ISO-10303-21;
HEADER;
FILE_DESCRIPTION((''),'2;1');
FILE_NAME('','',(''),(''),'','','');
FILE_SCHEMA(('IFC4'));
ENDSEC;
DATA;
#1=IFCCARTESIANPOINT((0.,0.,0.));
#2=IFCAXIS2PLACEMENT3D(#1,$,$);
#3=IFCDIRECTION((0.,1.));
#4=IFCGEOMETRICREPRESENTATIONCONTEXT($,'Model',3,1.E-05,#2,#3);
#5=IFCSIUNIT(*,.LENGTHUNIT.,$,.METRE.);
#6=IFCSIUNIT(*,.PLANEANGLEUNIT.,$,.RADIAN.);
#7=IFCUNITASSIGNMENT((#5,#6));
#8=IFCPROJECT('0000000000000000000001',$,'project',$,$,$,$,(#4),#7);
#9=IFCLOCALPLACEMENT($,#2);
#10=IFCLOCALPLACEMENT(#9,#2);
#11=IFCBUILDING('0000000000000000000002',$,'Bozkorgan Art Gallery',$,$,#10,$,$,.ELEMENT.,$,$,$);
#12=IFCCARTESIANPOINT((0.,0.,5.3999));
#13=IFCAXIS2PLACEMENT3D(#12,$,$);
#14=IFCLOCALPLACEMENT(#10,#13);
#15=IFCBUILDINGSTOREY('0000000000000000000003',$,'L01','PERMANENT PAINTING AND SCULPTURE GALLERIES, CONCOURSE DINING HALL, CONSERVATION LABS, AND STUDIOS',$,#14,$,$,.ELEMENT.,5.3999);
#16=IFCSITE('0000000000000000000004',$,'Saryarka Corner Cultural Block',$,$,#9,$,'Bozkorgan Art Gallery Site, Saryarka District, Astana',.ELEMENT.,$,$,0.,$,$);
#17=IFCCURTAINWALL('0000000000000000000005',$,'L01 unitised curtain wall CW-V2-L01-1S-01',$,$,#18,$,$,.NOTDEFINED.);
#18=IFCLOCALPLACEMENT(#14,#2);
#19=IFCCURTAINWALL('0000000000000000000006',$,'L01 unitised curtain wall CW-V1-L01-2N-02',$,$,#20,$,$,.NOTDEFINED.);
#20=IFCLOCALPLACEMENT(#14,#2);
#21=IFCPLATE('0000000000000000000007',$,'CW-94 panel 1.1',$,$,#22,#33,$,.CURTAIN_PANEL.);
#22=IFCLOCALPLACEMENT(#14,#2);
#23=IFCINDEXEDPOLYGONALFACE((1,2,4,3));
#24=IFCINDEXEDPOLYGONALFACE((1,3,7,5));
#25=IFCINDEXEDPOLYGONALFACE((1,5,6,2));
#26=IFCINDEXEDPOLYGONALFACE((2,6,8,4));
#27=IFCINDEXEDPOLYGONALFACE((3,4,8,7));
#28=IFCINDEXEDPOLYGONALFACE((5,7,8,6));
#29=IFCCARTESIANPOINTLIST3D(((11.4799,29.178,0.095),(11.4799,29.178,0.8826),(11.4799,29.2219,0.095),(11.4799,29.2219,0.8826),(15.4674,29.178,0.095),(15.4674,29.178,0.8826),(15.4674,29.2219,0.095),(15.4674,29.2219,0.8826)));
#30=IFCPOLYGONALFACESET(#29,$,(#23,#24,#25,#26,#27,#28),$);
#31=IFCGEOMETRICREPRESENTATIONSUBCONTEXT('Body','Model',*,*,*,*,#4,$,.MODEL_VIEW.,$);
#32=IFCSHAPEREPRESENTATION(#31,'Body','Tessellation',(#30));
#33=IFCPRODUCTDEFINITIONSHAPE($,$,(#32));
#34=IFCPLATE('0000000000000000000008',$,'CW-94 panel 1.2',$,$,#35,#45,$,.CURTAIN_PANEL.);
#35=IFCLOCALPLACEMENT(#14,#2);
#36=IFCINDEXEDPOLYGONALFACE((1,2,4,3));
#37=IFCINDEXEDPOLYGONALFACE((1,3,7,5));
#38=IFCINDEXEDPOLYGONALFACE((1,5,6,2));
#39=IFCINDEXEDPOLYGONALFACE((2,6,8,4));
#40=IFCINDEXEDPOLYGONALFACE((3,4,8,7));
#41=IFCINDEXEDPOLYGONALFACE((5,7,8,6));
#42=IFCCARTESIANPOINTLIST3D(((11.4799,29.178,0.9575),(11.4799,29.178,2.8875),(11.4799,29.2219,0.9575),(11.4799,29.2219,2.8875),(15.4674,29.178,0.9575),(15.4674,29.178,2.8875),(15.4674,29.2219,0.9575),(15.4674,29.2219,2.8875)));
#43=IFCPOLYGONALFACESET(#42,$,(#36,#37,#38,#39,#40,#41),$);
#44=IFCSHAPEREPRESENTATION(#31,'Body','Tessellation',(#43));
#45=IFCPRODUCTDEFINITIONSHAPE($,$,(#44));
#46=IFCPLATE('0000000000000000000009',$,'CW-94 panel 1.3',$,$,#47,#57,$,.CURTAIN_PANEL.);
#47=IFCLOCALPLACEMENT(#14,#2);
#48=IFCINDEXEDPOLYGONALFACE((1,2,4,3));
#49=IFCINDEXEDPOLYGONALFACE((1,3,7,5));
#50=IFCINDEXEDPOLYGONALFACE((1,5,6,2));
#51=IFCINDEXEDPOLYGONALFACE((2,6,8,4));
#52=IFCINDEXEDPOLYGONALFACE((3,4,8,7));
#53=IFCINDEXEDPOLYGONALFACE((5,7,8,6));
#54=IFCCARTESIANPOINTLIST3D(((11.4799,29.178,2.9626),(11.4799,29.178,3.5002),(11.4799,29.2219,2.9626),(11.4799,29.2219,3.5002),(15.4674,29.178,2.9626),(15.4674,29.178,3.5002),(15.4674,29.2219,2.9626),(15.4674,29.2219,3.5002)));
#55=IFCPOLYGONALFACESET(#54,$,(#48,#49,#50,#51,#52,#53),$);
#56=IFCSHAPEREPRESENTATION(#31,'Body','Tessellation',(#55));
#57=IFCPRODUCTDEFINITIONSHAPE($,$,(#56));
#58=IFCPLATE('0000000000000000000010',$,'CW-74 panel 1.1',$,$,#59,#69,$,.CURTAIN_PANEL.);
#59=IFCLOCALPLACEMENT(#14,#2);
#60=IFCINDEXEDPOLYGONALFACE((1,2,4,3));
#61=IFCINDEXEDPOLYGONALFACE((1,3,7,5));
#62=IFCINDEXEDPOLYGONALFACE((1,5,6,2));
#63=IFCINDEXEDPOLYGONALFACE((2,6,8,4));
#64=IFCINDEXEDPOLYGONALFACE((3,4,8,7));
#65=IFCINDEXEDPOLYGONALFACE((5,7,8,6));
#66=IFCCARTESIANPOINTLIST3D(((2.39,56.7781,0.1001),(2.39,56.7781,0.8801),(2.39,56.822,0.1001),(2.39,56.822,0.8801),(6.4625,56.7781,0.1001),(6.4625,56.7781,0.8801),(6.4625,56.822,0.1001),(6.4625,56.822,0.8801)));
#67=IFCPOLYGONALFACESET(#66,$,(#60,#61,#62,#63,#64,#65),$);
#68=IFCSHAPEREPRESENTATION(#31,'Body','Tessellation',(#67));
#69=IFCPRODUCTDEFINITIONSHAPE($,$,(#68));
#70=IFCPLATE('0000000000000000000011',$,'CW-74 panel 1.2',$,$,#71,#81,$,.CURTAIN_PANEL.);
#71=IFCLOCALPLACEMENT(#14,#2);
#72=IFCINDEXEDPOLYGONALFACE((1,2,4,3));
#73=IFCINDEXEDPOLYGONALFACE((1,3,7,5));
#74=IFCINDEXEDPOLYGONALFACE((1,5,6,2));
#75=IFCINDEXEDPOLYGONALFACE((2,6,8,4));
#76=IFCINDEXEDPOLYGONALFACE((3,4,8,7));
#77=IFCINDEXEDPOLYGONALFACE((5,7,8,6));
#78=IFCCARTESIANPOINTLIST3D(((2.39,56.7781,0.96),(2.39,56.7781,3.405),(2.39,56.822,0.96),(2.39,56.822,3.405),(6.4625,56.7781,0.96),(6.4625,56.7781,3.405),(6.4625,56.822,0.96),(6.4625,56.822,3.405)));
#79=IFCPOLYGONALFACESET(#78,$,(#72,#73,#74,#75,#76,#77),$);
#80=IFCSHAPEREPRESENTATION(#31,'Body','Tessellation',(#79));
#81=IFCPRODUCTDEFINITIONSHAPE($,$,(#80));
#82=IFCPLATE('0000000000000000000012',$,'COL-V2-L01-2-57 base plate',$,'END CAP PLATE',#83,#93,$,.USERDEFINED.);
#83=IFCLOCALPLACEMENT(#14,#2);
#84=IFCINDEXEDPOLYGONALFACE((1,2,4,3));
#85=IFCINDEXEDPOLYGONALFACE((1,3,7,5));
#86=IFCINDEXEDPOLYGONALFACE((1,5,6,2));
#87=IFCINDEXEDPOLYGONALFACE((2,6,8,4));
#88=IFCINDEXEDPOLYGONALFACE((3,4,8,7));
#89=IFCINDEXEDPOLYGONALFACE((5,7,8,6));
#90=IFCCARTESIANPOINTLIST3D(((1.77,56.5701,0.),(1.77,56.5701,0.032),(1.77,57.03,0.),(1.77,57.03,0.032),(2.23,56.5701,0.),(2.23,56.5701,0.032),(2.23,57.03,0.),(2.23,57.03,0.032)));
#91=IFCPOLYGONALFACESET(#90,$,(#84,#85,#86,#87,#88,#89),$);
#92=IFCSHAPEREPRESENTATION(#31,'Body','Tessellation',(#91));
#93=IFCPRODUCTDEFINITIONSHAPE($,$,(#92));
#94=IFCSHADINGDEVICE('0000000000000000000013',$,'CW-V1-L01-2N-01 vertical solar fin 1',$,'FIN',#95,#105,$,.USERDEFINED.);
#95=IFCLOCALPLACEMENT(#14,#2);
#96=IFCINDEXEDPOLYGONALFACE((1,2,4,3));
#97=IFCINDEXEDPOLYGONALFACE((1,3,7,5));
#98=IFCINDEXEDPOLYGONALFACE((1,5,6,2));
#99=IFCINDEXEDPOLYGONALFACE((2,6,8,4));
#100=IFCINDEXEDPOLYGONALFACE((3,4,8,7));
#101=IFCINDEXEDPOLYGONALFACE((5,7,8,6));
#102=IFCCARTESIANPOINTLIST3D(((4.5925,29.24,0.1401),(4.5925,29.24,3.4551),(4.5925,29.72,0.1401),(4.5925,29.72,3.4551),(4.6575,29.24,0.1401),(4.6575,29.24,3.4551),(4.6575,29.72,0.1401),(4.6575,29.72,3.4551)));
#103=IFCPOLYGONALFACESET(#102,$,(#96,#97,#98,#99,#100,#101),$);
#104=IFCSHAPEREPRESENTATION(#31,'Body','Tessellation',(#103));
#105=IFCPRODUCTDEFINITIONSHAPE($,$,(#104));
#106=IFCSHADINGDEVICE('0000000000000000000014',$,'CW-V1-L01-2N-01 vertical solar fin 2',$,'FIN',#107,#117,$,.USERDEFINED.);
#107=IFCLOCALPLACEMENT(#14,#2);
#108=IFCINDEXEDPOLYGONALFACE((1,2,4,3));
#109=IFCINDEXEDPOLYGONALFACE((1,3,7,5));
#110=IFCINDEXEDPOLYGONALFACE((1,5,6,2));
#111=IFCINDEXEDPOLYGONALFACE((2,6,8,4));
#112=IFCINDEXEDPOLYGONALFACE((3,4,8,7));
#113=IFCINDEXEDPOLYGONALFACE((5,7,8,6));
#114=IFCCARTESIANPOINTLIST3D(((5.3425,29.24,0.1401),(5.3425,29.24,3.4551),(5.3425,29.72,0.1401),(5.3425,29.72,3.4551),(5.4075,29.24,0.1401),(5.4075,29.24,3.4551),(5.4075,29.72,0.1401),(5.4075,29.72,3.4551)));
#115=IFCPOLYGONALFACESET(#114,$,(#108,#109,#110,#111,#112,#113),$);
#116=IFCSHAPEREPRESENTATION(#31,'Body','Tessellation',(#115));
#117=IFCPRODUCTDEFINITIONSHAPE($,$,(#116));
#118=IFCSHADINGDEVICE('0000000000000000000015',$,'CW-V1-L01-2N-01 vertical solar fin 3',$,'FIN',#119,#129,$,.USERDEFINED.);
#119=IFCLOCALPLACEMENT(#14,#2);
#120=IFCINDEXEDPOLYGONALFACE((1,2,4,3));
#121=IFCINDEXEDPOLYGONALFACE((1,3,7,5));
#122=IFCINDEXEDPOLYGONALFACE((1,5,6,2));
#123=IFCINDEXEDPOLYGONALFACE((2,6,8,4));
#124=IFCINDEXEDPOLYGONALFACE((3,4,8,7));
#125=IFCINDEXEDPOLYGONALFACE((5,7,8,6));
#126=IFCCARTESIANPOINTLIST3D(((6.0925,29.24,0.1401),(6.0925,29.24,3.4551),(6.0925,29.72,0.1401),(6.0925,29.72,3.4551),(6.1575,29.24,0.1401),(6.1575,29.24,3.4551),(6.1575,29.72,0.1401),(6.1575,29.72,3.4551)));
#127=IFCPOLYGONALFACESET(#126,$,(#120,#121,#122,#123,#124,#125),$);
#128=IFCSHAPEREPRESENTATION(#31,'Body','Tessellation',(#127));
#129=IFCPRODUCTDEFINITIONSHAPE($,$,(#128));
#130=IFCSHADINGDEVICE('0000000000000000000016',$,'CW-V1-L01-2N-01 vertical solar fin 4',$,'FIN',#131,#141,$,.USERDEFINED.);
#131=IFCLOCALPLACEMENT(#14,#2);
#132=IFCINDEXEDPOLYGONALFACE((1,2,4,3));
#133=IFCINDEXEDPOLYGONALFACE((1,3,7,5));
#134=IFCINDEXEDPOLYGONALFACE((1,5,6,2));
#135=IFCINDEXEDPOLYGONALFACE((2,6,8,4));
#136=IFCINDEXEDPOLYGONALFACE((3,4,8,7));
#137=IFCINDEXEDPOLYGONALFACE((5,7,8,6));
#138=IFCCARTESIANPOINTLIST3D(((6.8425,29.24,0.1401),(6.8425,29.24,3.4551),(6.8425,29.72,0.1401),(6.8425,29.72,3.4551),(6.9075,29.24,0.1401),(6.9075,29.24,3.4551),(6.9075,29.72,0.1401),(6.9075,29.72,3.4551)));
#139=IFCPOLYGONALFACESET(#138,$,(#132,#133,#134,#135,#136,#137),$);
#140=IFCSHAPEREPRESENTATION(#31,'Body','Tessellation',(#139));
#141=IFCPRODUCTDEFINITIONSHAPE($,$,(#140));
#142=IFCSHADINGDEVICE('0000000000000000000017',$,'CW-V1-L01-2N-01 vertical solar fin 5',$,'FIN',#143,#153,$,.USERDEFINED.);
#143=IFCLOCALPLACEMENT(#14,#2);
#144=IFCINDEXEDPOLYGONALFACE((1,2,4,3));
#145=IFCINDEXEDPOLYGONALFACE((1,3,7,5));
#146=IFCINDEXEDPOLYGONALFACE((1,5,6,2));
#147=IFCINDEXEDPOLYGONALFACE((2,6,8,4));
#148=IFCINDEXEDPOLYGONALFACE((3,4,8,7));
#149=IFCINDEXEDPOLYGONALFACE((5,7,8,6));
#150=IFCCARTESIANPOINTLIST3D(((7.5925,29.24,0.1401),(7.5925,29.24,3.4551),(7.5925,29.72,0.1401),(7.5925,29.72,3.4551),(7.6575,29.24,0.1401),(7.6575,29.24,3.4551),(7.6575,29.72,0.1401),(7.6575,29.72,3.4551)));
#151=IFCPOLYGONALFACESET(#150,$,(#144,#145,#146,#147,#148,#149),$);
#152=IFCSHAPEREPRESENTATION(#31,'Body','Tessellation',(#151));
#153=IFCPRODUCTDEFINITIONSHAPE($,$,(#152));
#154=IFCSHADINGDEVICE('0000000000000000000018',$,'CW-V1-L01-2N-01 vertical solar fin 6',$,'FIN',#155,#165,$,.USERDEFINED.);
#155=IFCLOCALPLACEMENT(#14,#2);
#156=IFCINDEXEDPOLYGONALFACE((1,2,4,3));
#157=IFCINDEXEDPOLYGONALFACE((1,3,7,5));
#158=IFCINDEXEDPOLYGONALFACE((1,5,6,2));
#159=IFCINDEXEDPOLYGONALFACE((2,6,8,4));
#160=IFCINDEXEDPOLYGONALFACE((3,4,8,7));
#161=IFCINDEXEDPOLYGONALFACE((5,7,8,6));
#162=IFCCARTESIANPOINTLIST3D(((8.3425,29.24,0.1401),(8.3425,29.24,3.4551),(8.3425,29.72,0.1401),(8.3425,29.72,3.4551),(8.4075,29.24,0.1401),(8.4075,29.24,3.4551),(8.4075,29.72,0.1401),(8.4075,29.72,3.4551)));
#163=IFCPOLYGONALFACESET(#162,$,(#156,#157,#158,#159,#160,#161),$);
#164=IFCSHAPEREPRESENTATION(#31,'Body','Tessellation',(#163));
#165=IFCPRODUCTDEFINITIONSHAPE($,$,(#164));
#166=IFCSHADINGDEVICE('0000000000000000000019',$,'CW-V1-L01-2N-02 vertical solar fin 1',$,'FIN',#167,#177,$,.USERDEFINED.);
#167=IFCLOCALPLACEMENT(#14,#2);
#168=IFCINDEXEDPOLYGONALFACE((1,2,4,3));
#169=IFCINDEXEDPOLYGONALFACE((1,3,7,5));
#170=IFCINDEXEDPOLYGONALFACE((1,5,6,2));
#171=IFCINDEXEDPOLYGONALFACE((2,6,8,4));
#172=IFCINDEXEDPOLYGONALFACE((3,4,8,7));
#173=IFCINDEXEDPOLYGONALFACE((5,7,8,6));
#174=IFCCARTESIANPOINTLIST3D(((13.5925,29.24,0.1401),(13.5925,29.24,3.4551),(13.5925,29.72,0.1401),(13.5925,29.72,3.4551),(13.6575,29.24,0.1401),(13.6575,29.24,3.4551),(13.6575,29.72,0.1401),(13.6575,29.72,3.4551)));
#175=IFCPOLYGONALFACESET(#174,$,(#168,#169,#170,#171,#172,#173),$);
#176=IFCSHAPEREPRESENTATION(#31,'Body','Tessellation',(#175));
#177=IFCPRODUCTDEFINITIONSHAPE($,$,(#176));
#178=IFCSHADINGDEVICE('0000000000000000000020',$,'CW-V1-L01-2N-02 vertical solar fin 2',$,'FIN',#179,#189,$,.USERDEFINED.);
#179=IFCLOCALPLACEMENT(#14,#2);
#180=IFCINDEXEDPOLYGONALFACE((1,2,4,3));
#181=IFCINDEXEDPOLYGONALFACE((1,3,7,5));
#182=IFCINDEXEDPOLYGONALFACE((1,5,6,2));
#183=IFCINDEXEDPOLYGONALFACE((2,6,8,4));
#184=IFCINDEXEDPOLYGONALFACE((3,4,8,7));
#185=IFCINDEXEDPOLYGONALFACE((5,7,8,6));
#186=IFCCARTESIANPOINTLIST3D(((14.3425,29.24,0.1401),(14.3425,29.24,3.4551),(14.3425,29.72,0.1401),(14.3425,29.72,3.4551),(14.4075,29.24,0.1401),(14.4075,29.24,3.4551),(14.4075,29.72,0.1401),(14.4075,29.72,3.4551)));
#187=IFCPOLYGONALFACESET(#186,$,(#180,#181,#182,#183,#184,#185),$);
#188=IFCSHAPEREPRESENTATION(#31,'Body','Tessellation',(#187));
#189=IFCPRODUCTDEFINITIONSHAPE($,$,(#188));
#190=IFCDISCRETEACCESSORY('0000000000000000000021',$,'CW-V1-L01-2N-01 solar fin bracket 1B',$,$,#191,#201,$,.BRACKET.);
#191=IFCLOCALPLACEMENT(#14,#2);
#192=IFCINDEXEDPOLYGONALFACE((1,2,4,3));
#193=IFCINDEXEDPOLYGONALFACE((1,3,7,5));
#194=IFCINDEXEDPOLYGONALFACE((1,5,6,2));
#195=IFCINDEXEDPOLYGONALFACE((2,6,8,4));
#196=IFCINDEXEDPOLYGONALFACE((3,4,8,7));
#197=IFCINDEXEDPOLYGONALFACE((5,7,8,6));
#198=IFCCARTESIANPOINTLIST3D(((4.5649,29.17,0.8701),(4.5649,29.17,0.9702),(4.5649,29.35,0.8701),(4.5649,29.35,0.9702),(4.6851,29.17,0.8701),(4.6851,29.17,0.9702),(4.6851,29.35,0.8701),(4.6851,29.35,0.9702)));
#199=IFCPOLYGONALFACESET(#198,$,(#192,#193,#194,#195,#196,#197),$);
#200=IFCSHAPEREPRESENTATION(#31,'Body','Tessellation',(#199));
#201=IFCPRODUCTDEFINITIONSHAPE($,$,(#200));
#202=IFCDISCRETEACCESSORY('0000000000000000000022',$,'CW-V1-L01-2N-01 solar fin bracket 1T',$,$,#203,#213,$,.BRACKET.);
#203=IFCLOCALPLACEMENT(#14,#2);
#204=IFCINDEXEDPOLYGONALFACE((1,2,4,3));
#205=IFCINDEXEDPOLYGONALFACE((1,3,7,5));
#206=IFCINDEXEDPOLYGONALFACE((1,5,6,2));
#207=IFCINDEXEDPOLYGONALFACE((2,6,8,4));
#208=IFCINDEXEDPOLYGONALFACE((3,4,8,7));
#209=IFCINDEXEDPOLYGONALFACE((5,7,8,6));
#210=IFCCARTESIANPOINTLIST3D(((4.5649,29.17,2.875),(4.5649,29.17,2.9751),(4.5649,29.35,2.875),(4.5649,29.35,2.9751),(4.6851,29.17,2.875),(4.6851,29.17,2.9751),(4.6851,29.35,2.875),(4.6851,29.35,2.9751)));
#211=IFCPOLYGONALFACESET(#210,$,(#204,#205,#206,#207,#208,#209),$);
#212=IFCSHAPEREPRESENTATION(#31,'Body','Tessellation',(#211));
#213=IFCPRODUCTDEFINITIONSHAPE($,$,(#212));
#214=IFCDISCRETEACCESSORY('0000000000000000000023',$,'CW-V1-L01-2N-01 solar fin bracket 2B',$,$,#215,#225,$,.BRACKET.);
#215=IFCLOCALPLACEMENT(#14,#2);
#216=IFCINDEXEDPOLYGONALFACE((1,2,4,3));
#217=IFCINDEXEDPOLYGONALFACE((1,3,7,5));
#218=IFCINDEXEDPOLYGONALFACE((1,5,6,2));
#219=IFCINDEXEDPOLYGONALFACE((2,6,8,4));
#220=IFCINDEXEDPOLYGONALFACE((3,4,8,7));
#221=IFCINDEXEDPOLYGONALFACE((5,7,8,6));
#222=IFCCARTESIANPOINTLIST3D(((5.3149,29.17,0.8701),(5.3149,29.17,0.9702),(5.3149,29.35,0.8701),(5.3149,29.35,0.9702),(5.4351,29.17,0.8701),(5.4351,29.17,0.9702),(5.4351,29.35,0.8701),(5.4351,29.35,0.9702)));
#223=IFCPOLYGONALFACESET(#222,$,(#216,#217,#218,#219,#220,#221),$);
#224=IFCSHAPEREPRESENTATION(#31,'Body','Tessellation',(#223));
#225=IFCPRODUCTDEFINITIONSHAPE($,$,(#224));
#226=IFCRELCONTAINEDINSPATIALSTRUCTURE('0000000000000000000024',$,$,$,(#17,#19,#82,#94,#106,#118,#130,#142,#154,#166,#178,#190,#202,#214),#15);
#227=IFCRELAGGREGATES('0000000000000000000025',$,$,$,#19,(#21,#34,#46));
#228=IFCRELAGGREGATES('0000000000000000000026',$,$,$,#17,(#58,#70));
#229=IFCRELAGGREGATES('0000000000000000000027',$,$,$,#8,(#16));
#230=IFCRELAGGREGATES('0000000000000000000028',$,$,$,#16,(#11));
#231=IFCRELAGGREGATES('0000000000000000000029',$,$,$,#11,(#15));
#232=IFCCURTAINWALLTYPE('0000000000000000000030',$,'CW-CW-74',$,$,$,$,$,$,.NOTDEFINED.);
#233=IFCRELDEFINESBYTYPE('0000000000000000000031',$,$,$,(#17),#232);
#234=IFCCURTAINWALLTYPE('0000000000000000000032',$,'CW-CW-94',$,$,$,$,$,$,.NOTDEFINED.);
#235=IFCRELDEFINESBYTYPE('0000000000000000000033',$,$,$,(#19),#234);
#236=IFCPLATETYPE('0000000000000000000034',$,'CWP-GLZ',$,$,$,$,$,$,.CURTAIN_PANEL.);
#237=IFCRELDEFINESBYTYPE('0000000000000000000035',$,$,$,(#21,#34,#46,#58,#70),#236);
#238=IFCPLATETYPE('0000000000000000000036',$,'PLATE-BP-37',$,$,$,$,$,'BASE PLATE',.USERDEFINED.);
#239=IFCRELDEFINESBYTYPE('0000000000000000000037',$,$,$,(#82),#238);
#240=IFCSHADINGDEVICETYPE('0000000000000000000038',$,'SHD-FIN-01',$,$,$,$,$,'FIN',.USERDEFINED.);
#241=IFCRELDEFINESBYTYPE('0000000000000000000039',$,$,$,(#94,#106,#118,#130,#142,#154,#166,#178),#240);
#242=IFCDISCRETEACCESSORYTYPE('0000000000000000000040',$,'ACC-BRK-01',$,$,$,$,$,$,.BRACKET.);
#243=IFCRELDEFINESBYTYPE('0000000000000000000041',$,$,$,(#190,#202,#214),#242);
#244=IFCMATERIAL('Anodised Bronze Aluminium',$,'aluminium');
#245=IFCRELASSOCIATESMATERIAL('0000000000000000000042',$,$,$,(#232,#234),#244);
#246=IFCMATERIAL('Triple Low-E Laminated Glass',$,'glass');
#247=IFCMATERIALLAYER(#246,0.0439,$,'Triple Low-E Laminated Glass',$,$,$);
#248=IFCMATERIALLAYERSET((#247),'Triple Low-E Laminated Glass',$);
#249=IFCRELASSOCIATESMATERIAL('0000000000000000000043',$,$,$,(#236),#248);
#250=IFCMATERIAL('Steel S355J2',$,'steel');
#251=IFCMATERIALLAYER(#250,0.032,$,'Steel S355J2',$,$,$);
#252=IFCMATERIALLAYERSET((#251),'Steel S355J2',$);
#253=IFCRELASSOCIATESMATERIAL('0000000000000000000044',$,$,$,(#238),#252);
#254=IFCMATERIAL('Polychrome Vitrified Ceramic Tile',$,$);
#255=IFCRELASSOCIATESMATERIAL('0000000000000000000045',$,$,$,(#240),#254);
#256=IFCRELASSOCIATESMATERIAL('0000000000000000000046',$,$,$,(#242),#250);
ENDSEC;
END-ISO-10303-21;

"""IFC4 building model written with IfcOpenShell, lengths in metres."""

from ifc_helpers import new_model, si_unit, direction, frame, origin, origin_2d, place, context, subcontext, project, spatial, rectangle, extrude, material, layer, layer_set, type_object, element, aggregate, save


model = new_model("IFC4")

# Units and contexts
model_context = context("Model", 3, precision=1e-05, world=origin(), true_north=direction((0.0, 1.0)))
body_context = subcontext(model_context, "Body", "Model", "MODEL_VIEW")
ifc_project = project(units=[si_unit("LENGTHUNIT", "METRE"), si_unit("PLANEANGLEUNIT", "RADIAN")], contexts=[model_context])

# Site, building, storey
site_placement = place(None, origin())
site = spatial("IfcSite", under=ifc_project, at=site_placement, Name="Saryarka Corner Cultural Block", LongName="Bozkorgan Art Gallery Site, Saryarka District, Astana", CompositionType="ELEMENT", RefElevation=0.0)
building_placement = place(site_placement, origin())
building = spatial("IfcBuilding", under=site, at=building_placement, Name="Bozkorgan Art Gallery", CompositionType="ELEMENT")
storey_placement = place(building_placement, frame((0.0, 0.0, 5.3999)))
storey = spatial("IfcBuildingStorey", under=building, at=storey_placement, Name="L01", Description="PERMANENT PAINTING AND SCULPTURE GALLERIES, CONCOURSE DINING HALL, CONSERVATION LABS, AND STUDIOS", CompositionType="ELEMENT", Elevation=5.3999)

# Shared definitions
ifc_material_1 = material(Name="Steel S355J2", Category="steel")

# Curtain wall
ifc_material_2 = material(Name="Anodised Bronze Aluminium", Category="aluminium")
curtain_wall_type_1 = type_object("IfcCurtainWallType", Name="CW-CW-74", PredefinedType="NOTDEFINED", material=ifc_material_2)
curtain_wall_1_placement = place(storey_placement, origin())
curtain_wall_1 = element("IfcCurtainWall", 1, at=curtain_wall_1_placement, inside=storey, type_object=curtain_wall_type_1, Name="L01 unitised curtain wall CW-V2-L01-1S-01", PredefinedType="NOTDEFINED")

# Curtain wall
curtain_wall_type_2 = type_object("IfcCurtainWallType", Name="CW-CW-94", PredefinedType="NOTDEFINED", material=ifc_material_2)
curtain_wall_2_placement = place(storey_placement, origin())
curtain_wall_2 = element("IfcCurtainWall", 2, at=curtain_wall_2_placement, inside=storey, type_object=curtain_wall_type_2, Name="L01 unitised curtain wall CW-V1-L01-2N-02", PredefinedType="NOTDEFINED")

# Plates
ifc_material_3 = material(Name="Triple Low-E Laminated Glass", Category="glass")
ifc_layer_1 = layer(ifc_material_3, 0.0439, Name="Triple Low-E Laminated Glass")
ifc_layer_set_1 = layer_set([ifc_layer_1], Name="Triple Low-E Laminated Glass")
plate_type_1 = type_object("IfcPlateType", Name="CWP-GLZ", PredefinedType="CURTAIN_PANEL", material=ifc_layer_set_1)
plate_1_placement = place(storey_placement, frame((13.4736, 29.2, 0.095), z_axis=(0.0, 0.0, 1.0), x_axis=(1.0, 0.0, 0.0)))
plate_1 = element("IfcPlate", 3, at=plate_1_placement, type_object=plate_type_1, Name="CW-94 panel 1.1", PredefinedType="CURTAIN_PANEL", context=body_context, shape_type="SweptSolid", body=[
    extrude(rectangle(XDim=3.9875, YDim=0.0439, at=origin_2d()), origin(), (0.0, 0.0, 1.0), 0.7876),
])
plate_2_placement = place(storey_placement, frame((13.4736, 29.2, 0.9575), z_axis=(0.0, 0.0, 1.0), x_axis=(1.0, 0.0, 0.0)))
plate_2 = element("IfcPlate", 4, at=plate_2_placement, type_object=plate_type_1, Name="CW-94 panel 1.2", PredefinedType="CURTAIN_PANEL", context=body_context, shape_type="SweptSolid", body=[
    extrude(rectangle(XDim=3.9875, YDim=0.0439, at=origin_2d()), origin(), (0.0, 0.0, 1.0), 1.9299),
])
plate_3_placement = place(storey_placement, frame((13.4736, 29.2, 2.9626), z_axis=(0.0, 0.0, 1.0), x_axis=(1.0, 0.0, 0.0)))
plate_3 = element("IfcPlate", 5, at=plate_3_placement, type_object=plate_type_1, Name="CW-94 panel 1.3", PredefinedType="CURTAIN_PANEL", context=body_context, shape_type="SweptSolid", body=[
    extrude(rectangle(XDim=3.9875, YDim=0.0439, at=origin_2d()), origin(), (0.0, 0.0, 1.0), 0.5376),
])
aggregate(curtain_wall_2, [plate_1, plate_2, plate_3])
plate_4_placement = place(storey_placement, frame((4.4263, 56.8, 0.1001), z_axis=(0.0, 0.0, 1.0), x_axis=(1.0, 0.0, 0.0)))
plate_4 = element("IfcPlate", 6, at=plate_4_placement, type_object=plate_type_1, Name="CW-74 panel 1.1", PredefinedType="CURTAIN_PANEL", context=body_context, shape_type="SweptSolid", body=[
    extrude(rectangle(XDim=4.0725, YDim=0.0439, at=origin_2d()), origin(), (0.0, 0.0, 1.0), 0.78),
])
plate_5_placement = place(storey_placement, frame((4.4263, 56.8, 0.96), z_axis=(0.0, 0.0, 1.0), x_axis=(1.0, 0.0, 0.0)))
plate_5 = element("IfcPlate", 7, at=plate_5_placement, type_object=plate_type_1, Name="CW-74 panel 1.2", PredefinedType="CURTAIN_PANEL", context=body_context, shape_type="SweptSolid", body=[
    extrude(rectangle(XDim=4.0725, YDim=0.0439, at=origin_2d()), origin(), (0.0, 0.0, 1.0), 2.4451),
])
aggregate(curtain_wall_1, [plate_4, plate_5])
ifc_layer_2 = layer(ifc_material_1, 0.032, Name="Steel S355J2")
ifc_layer_set_2 = layer_set([ifc_layer_2], Name="Steel S355J2")
plate_type_2 = type_object("IfcPlateType", Name="PLATE-BP-37", ElementType="BASE PLATE", PredefinedType="USERDEFINED", material=ifc_layer_set_2)
plate_6_placement = place(storey_placement, frame((2.0, 56.8, 0.0), z_axis=(0.0, 0.0, 1.0), x_axis=(1.0, 0.0, 0.0)))
element("IfcPlate", 8, at=plate_6_placement, inside=storey, type_object=plate_type_2, Name="COL-V2-L01-2-57 base plate", ObjectType="END CAP PLATE", PredefinedType="USERDEFINED", context=body_context, shape_type="SweptSolid", body=[
    extrude(rectangle(XDim=0.46, YDim=0.46, at=origin_2d()), origin(), (0.0, 0.0, 1.0), 0.032),
])

# Shading devices
ifc_material_4 = material(Name="Polychrome Vitrified Ceramic Tile")
shading_device_type = type_object("IfcShadingDeviceType", Name="SHD-FIN-01", ElementType="FIN", PredefinedType="USERDEFINED", material=ifc_material_4)
for number, where, z_axis, x_axis, name in (
    (9, (4.625, 29.48, 0.1401), (0.0, 0.0, 1.0), (0.0, 1.0, 0.0), "CW-V1-L01-2N-01 vertical solar fin 1"),
    (10, (5.375, 29.48, 0.1401), (0.0, 0.0, 1.0), (0.0, 1.0, 0.0), "CW-V1-L01-2N-01 vertical solar fin 2"),
    (11, (6.125, 29.48, 0.1401), (0.0, 0.0, 1.0), (0.0, 1.0, 0.0), "CW-V1-L01-2N-01 vertical solar fin 3"),
    (12, (6.875, 29.48, 0.1401), (0.0, 0.0, 1.0), (0.0, 1.0, 0.0), "CW-V1-L01-2N-01 vertical solar fin 4"),
    (13, (7.625, 29.48, 0.1401), (0.0, 0.0, 1.0), (0.0, 1.0, 0.0), "CW-V1-L01-2N-01 vertical solar fin 5"),
    (14, (8.375, 29.48, 0.1401), (0.0, 0.0, 1.0), (0.0, 1.0, 0.0), "CW-V1-L01-2N-01 vertical solar fin 6"),
    (15, (13.625, 29.48, 0.1401), (0.0, 0.0, 1.0), (0.0, 1.0, 0.0), "CW-V1-L01-2N-02 vertical solar fin 1"),
    (16, (14.375, 29.48, 0.1401), (0.0, 0.0, 1.0), (0.0, 1.0, 0.0), "CW-V1-L01-2N-02 vertical solar fin 2"),
):
    element("IfcShadingDevice", number, at=place(storey_placement, frame(where, z_axis=z_axis, x_axis=x_axis)), inside=storey, type_object=shading_device_type, Name=name, ObjectType="FIN", PredefinedType="USERDEFINED", context=body_context, shape_type="SweptSolid", body=[
        extrude(rectangle(XDim=0.48, YDim=0.0649, at=origin_2d()), origin(), (0.0, 0.0, 1.0), 3.3149),
    ])

# Discrete accessories
discrete_accessory_type = type_object("IfcDiscreteAccessoryType", Name="ACC-BRK-01", PredefinedType="BRACKET", material=ifc_material_1)
for number, where, z_axis, x_axis, name in (
    (17, (4.625, 29.26, 0.8701), (0.0, 0.0, 1.0), (0.0, 1.0, 0.0), "CW-V1-L01-2N-01 solar fin bracket 1B"),
    (18, (4.625, 29.26, 2.875), (0.0, 0.0, 1.0), (0.0, 1.0, 0.0), "CW-V1-L01-2N-01 solar fin bracket 1T"),
    (19, (5.375, 29.26, 0.8701), (0.0, 0.0, 1.0), (0.0, 1.0, 0.0), "CW-V1-L01-2N-01 solar fin bracket 2B"),
):
    element("IfcDiscreteAccessory", number, at=place(storey_placement, frame(where, z_axis=z_axis, x_axis=x_axis)), inside=storey, type_object=discrete_accessory_type, Name=name, PredefinedType="BRACKET", context=body_context, shape_type="SweptSolid", body=[
        extrude(rectangle(XDim=0.1799, YDim=0.1201, at=origin_2d()), origin(), (0.0, 0.0, 1.0), 0.1001),
    ])

save(model, "model.ifc")
